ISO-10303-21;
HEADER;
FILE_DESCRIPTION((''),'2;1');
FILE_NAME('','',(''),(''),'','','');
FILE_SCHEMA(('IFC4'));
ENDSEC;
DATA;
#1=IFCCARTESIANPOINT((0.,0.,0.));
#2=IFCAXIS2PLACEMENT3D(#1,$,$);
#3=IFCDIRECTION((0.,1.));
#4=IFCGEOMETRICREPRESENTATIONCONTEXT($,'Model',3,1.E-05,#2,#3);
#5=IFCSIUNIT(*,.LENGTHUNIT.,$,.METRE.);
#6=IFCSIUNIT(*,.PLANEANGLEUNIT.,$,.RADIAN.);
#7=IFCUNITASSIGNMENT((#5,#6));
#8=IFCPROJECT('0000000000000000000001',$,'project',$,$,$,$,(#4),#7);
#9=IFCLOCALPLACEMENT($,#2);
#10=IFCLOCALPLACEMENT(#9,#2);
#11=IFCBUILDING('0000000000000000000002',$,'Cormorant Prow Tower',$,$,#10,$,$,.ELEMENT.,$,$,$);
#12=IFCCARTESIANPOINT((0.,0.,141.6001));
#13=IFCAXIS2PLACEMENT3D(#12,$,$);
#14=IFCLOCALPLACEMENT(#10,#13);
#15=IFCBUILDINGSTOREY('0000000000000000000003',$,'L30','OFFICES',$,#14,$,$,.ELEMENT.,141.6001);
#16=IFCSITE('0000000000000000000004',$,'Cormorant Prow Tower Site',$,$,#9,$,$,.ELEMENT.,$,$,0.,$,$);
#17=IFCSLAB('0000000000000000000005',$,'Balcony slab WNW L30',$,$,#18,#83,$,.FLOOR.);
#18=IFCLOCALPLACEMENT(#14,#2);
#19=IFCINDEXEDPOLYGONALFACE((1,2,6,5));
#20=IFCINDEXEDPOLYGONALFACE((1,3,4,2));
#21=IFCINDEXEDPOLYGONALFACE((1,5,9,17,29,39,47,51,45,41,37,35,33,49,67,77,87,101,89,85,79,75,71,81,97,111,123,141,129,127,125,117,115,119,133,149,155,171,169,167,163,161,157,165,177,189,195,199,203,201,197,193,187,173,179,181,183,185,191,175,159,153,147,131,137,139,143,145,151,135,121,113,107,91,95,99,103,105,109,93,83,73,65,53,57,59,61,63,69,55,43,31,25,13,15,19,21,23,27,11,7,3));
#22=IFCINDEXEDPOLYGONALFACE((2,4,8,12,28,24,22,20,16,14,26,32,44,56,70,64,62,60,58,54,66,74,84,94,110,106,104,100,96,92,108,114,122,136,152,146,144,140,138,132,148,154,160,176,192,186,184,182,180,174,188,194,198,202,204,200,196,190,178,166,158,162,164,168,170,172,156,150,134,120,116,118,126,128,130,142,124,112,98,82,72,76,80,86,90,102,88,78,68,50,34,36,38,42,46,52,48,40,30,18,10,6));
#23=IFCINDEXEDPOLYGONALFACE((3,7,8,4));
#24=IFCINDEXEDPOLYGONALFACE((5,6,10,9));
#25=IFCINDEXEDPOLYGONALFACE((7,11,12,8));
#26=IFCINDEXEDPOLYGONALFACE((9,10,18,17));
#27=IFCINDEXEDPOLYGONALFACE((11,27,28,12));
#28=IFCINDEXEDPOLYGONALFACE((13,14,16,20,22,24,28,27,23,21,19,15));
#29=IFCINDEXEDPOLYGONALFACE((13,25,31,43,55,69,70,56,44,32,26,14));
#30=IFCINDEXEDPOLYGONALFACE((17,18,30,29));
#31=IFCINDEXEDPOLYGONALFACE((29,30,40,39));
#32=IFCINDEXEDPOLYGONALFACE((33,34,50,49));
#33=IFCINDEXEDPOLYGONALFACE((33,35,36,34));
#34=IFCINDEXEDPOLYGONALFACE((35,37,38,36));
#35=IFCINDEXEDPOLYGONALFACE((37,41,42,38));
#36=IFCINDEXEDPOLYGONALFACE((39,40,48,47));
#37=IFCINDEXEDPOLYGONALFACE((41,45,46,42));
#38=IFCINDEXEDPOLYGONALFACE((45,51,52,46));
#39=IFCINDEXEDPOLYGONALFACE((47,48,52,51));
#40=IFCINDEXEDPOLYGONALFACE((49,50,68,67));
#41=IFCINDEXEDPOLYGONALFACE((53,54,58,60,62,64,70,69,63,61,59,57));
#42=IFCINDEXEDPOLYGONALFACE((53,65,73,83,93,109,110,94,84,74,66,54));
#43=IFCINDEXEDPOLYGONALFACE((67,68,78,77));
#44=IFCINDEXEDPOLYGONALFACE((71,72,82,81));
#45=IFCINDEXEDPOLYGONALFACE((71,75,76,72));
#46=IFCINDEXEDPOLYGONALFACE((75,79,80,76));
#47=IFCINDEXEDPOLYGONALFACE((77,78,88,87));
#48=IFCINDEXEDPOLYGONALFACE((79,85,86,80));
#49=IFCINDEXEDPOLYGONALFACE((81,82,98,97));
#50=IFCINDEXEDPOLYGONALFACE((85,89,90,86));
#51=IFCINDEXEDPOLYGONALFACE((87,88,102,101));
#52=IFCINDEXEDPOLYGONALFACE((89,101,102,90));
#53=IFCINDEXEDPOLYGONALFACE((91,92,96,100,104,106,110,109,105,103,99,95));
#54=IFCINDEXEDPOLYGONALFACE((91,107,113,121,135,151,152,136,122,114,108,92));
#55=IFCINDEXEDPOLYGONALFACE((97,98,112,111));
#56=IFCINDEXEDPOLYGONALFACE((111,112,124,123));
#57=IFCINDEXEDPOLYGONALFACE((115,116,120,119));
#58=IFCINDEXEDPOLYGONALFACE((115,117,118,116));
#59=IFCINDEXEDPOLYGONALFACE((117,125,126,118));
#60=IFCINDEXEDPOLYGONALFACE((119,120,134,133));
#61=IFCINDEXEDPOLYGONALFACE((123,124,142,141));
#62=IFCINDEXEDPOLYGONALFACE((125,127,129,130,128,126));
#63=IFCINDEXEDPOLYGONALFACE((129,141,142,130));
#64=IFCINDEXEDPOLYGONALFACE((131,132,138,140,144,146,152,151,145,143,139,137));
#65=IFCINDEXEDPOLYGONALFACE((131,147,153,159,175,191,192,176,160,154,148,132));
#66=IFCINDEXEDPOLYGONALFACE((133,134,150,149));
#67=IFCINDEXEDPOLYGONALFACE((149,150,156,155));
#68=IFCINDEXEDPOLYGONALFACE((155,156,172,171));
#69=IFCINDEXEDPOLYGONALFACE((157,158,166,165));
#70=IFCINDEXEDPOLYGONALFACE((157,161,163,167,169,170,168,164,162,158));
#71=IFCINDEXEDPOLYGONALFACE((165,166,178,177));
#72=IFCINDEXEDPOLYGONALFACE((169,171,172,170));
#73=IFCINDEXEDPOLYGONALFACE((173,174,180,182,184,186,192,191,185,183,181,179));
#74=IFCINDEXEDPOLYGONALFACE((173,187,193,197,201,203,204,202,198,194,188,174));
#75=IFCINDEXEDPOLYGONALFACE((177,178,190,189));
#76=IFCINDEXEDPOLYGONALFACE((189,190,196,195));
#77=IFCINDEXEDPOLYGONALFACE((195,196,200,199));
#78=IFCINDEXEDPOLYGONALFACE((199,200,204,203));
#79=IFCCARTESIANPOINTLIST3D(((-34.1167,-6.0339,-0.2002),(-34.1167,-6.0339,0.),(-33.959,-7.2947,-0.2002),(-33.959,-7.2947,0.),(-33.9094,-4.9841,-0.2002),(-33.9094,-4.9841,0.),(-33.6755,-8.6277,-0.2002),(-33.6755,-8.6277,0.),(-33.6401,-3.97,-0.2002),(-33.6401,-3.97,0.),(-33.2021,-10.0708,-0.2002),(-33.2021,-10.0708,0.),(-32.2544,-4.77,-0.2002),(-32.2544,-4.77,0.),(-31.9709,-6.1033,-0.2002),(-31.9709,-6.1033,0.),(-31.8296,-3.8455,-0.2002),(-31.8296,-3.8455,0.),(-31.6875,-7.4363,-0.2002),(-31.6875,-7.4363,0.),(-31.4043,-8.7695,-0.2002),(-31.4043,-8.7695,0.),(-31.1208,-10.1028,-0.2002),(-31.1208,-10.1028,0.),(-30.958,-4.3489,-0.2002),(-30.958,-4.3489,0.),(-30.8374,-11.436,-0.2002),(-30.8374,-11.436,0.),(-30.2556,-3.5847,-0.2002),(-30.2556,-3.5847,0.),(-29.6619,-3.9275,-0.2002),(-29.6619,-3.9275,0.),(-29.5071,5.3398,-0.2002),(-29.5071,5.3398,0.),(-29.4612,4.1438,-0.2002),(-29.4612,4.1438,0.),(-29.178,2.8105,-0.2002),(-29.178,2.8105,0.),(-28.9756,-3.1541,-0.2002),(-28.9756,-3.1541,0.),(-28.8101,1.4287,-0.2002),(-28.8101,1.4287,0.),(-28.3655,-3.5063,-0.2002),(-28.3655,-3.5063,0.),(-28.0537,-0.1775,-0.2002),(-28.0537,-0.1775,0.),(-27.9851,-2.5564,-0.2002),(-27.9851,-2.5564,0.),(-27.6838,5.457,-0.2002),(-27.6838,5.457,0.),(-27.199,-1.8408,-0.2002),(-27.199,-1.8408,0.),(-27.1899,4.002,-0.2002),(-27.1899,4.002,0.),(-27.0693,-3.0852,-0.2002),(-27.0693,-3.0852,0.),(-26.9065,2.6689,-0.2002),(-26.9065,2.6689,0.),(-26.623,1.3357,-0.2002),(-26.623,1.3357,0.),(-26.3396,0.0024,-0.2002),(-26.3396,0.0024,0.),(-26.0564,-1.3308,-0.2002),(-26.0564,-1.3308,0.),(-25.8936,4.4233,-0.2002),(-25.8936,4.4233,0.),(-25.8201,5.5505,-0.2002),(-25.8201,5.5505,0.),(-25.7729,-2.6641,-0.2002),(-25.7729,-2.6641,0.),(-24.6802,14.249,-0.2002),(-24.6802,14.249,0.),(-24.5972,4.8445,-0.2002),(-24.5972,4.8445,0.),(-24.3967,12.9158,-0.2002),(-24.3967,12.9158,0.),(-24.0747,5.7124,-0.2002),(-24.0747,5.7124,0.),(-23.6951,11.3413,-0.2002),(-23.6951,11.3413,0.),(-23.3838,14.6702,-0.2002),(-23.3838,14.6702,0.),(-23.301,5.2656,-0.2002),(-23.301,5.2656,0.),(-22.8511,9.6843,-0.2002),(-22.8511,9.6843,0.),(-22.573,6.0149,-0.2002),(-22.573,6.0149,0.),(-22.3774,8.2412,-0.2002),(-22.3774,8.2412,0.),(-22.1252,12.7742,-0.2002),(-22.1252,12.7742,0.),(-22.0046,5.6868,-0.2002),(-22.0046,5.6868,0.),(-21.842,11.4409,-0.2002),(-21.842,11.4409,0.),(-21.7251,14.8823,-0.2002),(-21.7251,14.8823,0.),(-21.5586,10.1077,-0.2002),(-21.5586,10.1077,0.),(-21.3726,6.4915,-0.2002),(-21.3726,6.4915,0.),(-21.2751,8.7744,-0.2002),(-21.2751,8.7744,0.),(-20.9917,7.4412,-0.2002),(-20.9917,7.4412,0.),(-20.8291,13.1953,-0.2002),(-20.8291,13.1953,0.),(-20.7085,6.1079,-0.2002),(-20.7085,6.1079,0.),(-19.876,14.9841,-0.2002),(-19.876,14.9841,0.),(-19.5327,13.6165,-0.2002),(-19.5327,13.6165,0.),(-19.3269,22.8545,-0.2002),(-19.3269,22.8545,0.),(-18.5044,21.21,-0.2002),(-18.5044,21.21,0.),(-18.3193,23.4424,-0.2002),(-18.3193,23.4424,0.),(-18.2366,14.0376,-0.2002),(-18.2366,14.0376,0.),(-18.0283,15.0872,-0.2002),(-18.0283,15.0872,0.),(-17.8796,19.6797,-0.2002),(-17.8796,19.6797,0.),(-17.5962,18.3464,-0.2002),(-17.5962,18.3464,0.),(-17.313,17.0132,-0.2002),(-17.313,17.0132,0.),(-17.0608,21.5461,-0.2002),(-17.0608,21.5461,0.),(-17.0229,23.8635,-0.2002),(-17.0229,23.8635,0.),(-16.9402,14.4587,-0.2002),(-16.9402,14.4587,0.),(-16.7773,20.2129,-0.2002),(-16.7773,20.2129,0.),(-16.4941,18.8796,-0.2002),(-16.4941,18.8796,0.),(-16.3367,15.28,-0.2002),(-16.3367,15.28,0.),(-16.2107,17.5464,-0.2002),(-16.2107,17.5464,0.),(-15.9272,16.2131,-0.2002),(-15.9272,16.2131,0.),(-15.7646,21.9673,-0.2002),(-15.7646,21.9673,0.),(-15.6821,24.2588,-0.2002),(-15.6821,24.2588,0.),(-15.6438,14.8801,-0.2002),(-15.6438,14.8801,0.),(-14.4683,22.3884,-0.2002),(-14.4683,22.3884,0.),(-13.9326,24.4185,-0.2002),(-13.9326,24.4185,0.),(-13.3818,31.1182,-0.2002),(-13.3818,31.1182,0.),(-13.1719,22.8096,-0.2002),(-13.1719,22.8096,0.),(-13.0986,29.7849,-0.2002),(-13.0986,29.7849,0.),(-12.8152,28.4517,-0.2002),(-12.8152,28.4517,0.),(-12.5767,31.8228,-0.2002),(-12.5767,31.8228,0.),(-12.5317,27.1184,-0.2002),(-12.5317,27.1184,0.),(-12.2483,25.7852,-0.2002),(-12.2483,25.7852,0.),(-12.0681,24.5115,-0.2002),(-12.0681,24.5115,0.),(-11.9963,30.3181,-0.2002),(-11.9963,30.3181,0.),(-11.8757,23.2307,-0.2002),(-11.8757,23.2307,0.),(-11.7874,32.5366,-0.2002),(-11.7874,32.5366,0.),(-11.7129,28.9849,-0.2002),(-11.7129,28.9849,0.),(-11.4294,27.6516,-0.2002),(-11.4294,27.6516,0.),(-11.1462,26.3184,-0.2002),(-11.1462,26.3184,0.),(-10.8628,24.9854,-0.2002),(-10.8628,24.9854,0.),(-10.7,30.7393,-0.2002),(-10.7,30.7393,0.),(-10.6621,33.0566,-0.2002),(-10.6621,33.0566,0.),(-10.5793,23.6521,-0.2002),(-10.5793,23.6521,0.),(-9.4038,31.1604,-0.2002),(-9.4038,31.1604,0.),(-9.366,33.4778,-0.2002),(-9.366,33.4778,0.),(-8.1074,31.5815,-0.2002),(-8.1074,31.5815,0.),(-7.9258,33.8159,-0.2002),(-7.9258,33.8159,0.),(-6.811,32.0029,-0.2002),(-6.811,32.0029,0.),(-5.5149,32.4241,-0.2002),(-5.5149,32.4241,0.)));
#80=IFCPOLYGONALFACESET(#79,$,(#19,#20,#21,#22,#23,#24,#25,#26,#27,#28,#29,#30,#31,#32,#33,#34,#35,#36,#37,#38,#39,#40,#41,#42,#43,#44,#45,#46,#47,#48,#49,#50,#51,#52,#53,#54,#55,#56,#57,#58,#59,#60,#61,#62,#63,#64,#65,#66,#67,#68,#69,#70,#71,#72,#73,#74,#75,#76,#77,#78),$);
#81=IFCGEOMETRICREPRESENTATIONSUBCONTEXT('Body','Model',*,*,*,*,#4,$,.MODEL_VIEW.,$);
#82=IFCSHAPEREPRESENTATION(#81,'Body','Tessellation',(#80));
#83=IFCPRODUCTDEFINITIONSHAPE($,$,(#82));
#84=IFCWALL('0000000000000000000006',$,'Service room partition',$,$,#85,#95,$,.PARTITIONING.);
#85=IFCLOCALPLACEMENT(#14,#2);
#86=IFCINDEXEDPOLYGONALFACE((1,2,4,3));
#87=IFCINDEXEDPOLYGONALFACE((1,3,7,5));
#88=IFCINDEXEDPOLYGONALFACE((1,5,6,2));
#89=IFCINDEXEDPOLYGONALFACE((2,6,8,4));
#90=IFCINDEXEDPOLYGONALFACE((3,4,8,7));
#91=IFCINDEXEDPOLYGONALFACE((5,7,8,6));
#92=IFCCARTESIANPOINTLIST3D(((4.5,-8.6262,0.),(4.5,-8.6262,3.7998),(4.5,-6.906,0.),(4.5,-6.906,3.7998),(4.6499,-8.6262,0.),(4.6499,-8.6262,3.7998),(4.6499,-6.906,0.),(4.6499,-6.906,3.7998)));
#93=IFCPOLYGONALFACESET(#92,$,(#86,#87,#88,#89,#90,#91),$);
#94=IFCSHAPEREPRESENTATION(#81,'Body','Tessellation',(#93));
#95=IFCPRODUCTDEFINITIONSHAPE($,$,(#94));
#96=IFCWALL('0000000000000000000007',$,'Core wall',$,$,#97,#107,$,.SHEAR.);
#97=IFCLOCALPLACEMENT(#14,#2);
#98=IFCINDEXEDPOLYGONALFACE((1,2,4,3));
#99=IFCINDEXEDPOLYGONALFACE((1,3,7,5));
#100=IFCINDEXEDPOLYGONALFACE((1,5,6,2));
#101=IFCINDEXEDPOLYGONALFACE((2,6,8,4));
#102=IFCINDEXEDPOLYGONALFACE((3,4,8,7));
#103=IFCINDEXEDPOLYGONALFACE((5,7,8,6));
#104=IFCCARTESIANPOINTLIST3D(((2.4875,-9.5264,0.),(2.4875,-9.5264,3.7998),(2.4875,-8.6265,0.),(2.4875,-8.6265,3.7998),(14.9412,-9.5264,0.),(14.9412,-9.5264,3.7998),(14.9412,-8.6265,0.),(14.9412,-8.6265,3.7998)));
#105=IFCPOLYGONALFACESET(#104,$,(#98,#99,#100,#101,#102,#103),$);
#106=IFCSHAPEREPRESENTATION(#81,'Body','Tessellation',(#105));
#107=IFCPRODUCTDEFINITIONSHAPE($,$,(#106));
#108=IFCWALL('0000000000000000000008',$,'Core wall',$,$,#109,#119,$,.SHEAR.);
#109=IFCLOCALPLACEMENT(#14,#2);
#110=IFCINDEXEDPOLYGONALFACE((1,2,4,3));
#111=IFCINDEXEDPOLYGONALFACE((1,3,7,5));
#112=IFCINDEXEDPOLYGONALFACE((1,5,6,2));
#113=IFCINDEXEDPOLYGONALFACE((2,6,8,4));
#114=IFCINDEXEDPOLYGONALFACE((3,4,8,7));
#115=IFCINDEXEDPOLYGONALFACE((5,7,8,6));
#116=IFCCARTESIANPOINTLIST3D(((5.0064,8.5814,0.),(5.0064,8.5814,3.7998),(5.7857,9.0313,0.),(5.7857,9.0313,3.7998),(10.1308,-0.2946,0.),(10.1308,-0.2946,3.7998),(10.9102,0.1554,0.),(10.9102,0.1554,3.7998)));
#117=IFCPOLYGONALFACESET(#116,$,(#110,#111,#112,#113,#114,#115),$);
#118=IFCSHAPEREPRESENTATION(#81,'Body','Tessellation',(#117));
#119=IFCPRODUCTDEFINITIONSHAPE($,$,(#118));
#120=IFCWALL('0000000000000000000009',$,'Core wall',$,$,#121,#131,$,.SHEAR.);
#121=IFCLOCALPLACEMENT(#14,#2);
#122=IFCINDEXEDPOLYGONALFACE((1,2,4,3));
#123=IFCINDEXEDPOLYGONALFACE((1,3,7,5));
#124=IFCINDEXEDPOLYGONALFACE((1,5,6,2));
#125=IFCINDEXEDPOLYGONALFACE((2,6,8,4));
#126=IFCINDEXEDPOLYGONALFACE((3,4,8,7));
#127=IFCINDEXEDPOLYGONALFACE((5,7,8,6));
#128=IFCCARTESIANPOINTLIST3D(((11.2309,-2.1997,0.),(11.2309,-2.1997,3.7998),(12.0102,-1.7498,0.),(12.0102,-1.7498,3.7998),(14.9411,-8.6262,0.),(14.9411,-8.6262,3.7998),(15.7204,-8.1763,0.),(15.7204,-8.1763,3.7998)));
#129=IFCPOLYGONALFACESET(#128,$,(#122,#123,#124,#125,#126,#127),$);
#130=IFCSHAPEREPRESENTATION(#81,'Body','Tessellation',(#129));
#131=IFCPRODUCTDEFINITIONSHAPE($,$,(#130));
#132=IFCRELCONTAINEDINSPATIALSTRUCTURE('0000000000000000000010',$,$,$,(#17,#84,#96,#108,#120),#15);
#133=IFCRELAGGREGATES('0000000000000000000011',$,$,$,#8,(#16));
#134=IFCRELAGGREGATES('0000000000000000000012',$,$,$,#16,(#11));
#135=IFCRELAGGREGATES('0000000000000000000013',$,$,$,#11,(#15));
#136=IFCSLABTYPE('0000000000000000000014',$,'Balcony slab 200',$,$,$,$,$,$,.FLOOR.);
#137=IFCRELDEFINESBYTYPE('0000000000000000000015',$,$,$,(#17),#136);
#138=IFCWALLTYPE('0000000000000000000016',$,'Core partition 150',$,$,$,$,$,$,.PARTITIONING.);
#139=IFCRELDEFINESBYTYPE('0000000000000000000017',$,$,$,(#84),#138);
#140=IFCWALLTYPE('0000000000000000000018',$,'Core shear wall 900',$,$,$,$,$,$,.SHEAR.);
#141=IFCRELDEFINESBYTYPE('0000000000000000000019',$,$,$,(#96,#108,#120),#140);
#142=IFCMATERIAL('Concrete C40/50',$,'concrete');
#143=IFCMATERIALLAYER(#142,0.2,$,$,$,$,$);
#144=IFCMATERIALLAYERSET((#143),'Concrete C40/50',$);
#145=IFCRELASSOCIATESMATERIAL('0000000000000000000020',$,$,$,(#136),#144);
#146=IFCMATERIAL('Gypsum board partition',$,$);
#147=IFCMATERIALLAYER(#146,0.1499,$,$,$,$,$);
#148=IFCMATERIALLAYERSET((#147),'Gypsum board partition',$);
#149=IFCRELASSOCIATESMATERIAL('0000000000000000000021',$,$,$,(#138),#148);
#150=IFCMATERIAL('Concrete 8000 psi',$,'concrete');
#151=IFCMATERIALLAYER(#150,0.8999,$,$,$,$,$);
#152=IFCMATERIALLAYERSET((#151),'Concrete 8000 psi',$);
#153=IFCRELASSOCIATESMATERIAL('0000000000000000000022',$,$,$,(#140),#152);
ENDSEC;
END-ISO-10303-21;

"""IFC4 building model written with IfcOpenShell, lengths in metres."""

from ifc_helpers import new_model, si_unit, direction, frame, frame_2d, origin, place, context, subcontext, project, spatial, polyline, rectangle, outline, extrude, material, layer, layer_set, type_object, element, save


model = new_model("IFC4")

# Units and contexts
model_context = context("Model", 3, precision=1e-05, world=origin(), true_north=direction((0.0, 1.0)))
body_context = subcontext(model_context, "Body", "Model", "MODEL_VIEW")
ifc_project = project(units=[si_unit("LENGTHUNIT", "METRE"), si_unit("PLANEANGLEUNIT", "RADIAN")], contexts=[model_context])

# Site, building, storey
site_placement = place(None, origin())
site = spatial("IfcSite", under=ifc_project, at=site_placement, Name="Cormorant Prow Tower Site", CompositionType="ELEMENT", RefElevation=0.0)
building_placement = place(site_placement, origin())
building = spatial("IfcBuilding", under=site, at=building_placement, Name="Cormorant Prow Tower", CompositionType="ELEMENT")
storey_placement = place(building_placement, frame((0.0, 0.0, 141.6001)))
storey = spatial("IfcBuildingStorey", under=building, at=storey_placement, Name="L30", Description="OFFICES", CompositionType="ELEMENT", Elevation=141.6001)

# Slab
ifc_material_1 = material(Name="Concrete C40/50", Category="concrete")
ifc_layer_1 = layer(ifc_material_1, 0.2)
ifc_layer_set_1 = layer_set([ifc_layer_1], Name="Concrete C40/50")
slab_type = type_object("IfcSlabType", Name="Balcony slab 200", PredefinedType="FLOOR", material=ifc_layer_set_1)
slab_1_placement = place(storey_placement, frame((0.0, 0.0, -0.2002)))
element("IfcSlab", 1, at=slab_1_placement, inside=storey, type_object=slab_type, Name="Balcony slab WNW L30", PredefinedType="FLOOR", context=body_context, shape_type="SweptSolid", body=[
    extrude(outline(polyline([(-5.5149, 32.4241), (-7.9258, 33.8159), (-9.366, 33.4778), (-10.6621, 33.0566), (-11.7874, 32.5366), (-12.5767, 31.8228), (-13.3818, 31.1182), (-13.0986, 29.7849), (-12.8152, 28.4517), (-12.5317, 27.1184), (-12.2483, 25.7852), (-12.0681, 24.5115), (-13.9326, 24.4185), (-15.6821, 24.2588), (-17.0229, 23.8635), (-18.3193, 23.4424), (-19.3269, 22.8545), (-18.5044, 21.21), (-17.8796, 19.6797), (-17.5962, 18.3464), (-17.313, 17.0132), (-16.3367, 15.28), (-18.0283, 15.0872), (-19.876, 14.9841), (-21.7251, 14.8823), (-23.3838, 14.6702), (-24.6802, 14.249), (-24.3967, 12.9158), (-23.6951, 11.3413), (-22.8511, 9.6843), (-22.3774, 8.2412), (-21.3726, 6.4915), (-22.573, 6.0149), (-24.0747, 5.7124), (-25.8201, 5.5505), (-27.6838, 5.457), (-29.5071, 5.3398), (-29.4612, 4.1438), (-29.178, 2.8105), (-28.8101, 1.4287), (-28.0537, -0.1775), (-27.199, -1.8408), (-27.9851, -2.5564), (-28.9756, -3.1541), (-30.2556, -3.5847), (-31.8296, -3.8455), (-33.6401, -3.97), (-33.9094, -4.9841), (-34.1167, -6.0339), (-33.959, -7.2947), (-33.6755, -8.6277), (-33.2021, -10.0708), (-30.8374, -11.436), (-31.1208, -10.1028), (-31.4043, -8.7695), (-31.6875, -7.4363), (-31.9709, -6.1033), (-32.2544, -4.77), (-30.958, -4.3489), (-29.6619, -3.9275), (-28.3655, -3.5063), (-27.0693, -3.0852), (-25.7729, -2.6641), (-26.0564, -1.3308), (-26.3396, 0.0024), (-26.623, 1.3357), (-26.9065, 2.6689), (-27.1899, 4.002), (-25.8936, 4.4233), (-24.5972, 4.8445), (-23.301, 5.2656), (-22.0046, 5.6868), (-20.7085, 6.1079), (-20.9917, 7.4412), (-21.2751, 8.7744), (-21.5586, 10.1077), (-21.842, 11.4409), (-22.1252, 12.7742), (-20.8291, 13.1953), (-19.5327, 13.6165), (-18.2366, 14.0376), (-16.9402, 14.4587), (-15.6438, 14.8801), (-15.9272, 16.2131), (-16.2107, 17.5464), (-16.4941, 18.8796), (-16.7773, 20.2129), (-17.0608, 21.5461), (-15.7646, 21.9673), (-14.4683, 22.3884), (-13.1719, 22.8096), (-11.8757, 23.2307), (-10.5793, 23.6521), (-10.8628, 24.9854), (-11.1462, 26.3184), (-11.4294, 27.6516), (-11.7129, 28.9849), (-11.9963, 30.3181), (-10.7, 30.7393), (-9.4038, 31.1604), (-8.1074, 31.5815), (-6.811, 32.0029), (-5.5149, 32.4241)])), origin(), (0.0, 0.0, 1.0), 0.2002),
])

# Walls
ifc_material_2 = material(Name="Gypsum board partition")
ifc_layer_2 = layer(ifc_material_2, 0.1499)
ifc_layer_set_2 = layer_set([ifc_layer_2], Name="Gypsum board partition")
wall_type_1 = type_object("IfcWallType", Name="Core partition 150", PredefinedType="PARTITIONING", material=ifc_layer_set_2)
wall_1_placement = place(storey_placement, frame((4.575, -6.906, 0.0), z_axis=(0.0, 0.0, 1.0), x_axis=(0.0, -1.0, 0.0)))
element("IfcWall", 2, at=wall_1_placement, inside=storey, type_object=wall_type_1, Name="Service room partition", PredefinedType="PARTITIONING", context=body_context, shape_type="SweptSolid", body=[
    extrude(rectangle(XDim=1.7202, YDim=0.1499, at=frame_2d((0.8601, 0.0))), origin(), (0.0, 0.0, 1.0), 3.7998),
])
ifc_material_3 = material(Name="Concrete 8000 psi", Category="concrete")
ifc_layer_3 = layer(ifc_material_3, 0.8999)
ifc_layer_set_3 = layer_set([ifc_layer_3], Name="Concrete 8000 psi")
wall_type_2 = type_object("IfcWallType", Name="Core shear wall 900", PredefinedType="SHEAR", material=ifc_layer_set_3)
wall_2_placement = place(storey_placement, frame((2.4875, -9.0764, 0.0), z_axis=(0.0, 0.0, 1.0), x_axis=(1.0, 0.0, 0.0)))
element("IfcWall", 3, at=wall_2_placement, inside=storey, type_object=wall_type_2, Name="Core wall", PredefinedType="SHEAR", context=body_context, shape_type="SweptSolid", body=[
    extrude(rectangle(XDim=12.4536, YDim=0.8999, at=frame_2d((6.2268, 0.0))), origin(), (0.0, 0.0, 1.0), 3.7998),
])
wall_3_placement = place(storey_placement, frame((10.5205, -0.0696, 0.0), z_axis=(0.0, 0.0, 1.0), x_axis=(-0.499997, 0.866027, 0.0)))
element("IfcWall", 4, at=wall_3_placement, inside=storey, type_object=wall_type_2, Name="Core wall", PredefinedType="SHEAR", context=body_context, shape_type="SweptSolid", body=[
    extrude(rectangle(XDim=10.249, YDim=0.8999, at=frame_2d((5.1245, 0.0))), origin(), (0.0, 0.0, 1.0), 3.7998),
])
wall_4_placement = place(storey_placement, frame((15.3308, -8.4014, 0.0), z_axis=(0.0, 0.0, 1.0), x_axis=(-0.499985, 0.866034, 0.0)))
element("IfcWall", 5, at=wall_4_placement, inside=storey, type_object=wall_type_2, Name="Core wall", PredefinedType="SHEAR", context=body_context, shape_type="SweptSolid", body=[
    extrude(rectangle(XDim=7.4207, YDim=0.8999, at=frame_2d((3.7104, 0.0))), origin(), (0.0, 0.0, 1.0), 3.7998),
])

save(model, "model.ifc")
